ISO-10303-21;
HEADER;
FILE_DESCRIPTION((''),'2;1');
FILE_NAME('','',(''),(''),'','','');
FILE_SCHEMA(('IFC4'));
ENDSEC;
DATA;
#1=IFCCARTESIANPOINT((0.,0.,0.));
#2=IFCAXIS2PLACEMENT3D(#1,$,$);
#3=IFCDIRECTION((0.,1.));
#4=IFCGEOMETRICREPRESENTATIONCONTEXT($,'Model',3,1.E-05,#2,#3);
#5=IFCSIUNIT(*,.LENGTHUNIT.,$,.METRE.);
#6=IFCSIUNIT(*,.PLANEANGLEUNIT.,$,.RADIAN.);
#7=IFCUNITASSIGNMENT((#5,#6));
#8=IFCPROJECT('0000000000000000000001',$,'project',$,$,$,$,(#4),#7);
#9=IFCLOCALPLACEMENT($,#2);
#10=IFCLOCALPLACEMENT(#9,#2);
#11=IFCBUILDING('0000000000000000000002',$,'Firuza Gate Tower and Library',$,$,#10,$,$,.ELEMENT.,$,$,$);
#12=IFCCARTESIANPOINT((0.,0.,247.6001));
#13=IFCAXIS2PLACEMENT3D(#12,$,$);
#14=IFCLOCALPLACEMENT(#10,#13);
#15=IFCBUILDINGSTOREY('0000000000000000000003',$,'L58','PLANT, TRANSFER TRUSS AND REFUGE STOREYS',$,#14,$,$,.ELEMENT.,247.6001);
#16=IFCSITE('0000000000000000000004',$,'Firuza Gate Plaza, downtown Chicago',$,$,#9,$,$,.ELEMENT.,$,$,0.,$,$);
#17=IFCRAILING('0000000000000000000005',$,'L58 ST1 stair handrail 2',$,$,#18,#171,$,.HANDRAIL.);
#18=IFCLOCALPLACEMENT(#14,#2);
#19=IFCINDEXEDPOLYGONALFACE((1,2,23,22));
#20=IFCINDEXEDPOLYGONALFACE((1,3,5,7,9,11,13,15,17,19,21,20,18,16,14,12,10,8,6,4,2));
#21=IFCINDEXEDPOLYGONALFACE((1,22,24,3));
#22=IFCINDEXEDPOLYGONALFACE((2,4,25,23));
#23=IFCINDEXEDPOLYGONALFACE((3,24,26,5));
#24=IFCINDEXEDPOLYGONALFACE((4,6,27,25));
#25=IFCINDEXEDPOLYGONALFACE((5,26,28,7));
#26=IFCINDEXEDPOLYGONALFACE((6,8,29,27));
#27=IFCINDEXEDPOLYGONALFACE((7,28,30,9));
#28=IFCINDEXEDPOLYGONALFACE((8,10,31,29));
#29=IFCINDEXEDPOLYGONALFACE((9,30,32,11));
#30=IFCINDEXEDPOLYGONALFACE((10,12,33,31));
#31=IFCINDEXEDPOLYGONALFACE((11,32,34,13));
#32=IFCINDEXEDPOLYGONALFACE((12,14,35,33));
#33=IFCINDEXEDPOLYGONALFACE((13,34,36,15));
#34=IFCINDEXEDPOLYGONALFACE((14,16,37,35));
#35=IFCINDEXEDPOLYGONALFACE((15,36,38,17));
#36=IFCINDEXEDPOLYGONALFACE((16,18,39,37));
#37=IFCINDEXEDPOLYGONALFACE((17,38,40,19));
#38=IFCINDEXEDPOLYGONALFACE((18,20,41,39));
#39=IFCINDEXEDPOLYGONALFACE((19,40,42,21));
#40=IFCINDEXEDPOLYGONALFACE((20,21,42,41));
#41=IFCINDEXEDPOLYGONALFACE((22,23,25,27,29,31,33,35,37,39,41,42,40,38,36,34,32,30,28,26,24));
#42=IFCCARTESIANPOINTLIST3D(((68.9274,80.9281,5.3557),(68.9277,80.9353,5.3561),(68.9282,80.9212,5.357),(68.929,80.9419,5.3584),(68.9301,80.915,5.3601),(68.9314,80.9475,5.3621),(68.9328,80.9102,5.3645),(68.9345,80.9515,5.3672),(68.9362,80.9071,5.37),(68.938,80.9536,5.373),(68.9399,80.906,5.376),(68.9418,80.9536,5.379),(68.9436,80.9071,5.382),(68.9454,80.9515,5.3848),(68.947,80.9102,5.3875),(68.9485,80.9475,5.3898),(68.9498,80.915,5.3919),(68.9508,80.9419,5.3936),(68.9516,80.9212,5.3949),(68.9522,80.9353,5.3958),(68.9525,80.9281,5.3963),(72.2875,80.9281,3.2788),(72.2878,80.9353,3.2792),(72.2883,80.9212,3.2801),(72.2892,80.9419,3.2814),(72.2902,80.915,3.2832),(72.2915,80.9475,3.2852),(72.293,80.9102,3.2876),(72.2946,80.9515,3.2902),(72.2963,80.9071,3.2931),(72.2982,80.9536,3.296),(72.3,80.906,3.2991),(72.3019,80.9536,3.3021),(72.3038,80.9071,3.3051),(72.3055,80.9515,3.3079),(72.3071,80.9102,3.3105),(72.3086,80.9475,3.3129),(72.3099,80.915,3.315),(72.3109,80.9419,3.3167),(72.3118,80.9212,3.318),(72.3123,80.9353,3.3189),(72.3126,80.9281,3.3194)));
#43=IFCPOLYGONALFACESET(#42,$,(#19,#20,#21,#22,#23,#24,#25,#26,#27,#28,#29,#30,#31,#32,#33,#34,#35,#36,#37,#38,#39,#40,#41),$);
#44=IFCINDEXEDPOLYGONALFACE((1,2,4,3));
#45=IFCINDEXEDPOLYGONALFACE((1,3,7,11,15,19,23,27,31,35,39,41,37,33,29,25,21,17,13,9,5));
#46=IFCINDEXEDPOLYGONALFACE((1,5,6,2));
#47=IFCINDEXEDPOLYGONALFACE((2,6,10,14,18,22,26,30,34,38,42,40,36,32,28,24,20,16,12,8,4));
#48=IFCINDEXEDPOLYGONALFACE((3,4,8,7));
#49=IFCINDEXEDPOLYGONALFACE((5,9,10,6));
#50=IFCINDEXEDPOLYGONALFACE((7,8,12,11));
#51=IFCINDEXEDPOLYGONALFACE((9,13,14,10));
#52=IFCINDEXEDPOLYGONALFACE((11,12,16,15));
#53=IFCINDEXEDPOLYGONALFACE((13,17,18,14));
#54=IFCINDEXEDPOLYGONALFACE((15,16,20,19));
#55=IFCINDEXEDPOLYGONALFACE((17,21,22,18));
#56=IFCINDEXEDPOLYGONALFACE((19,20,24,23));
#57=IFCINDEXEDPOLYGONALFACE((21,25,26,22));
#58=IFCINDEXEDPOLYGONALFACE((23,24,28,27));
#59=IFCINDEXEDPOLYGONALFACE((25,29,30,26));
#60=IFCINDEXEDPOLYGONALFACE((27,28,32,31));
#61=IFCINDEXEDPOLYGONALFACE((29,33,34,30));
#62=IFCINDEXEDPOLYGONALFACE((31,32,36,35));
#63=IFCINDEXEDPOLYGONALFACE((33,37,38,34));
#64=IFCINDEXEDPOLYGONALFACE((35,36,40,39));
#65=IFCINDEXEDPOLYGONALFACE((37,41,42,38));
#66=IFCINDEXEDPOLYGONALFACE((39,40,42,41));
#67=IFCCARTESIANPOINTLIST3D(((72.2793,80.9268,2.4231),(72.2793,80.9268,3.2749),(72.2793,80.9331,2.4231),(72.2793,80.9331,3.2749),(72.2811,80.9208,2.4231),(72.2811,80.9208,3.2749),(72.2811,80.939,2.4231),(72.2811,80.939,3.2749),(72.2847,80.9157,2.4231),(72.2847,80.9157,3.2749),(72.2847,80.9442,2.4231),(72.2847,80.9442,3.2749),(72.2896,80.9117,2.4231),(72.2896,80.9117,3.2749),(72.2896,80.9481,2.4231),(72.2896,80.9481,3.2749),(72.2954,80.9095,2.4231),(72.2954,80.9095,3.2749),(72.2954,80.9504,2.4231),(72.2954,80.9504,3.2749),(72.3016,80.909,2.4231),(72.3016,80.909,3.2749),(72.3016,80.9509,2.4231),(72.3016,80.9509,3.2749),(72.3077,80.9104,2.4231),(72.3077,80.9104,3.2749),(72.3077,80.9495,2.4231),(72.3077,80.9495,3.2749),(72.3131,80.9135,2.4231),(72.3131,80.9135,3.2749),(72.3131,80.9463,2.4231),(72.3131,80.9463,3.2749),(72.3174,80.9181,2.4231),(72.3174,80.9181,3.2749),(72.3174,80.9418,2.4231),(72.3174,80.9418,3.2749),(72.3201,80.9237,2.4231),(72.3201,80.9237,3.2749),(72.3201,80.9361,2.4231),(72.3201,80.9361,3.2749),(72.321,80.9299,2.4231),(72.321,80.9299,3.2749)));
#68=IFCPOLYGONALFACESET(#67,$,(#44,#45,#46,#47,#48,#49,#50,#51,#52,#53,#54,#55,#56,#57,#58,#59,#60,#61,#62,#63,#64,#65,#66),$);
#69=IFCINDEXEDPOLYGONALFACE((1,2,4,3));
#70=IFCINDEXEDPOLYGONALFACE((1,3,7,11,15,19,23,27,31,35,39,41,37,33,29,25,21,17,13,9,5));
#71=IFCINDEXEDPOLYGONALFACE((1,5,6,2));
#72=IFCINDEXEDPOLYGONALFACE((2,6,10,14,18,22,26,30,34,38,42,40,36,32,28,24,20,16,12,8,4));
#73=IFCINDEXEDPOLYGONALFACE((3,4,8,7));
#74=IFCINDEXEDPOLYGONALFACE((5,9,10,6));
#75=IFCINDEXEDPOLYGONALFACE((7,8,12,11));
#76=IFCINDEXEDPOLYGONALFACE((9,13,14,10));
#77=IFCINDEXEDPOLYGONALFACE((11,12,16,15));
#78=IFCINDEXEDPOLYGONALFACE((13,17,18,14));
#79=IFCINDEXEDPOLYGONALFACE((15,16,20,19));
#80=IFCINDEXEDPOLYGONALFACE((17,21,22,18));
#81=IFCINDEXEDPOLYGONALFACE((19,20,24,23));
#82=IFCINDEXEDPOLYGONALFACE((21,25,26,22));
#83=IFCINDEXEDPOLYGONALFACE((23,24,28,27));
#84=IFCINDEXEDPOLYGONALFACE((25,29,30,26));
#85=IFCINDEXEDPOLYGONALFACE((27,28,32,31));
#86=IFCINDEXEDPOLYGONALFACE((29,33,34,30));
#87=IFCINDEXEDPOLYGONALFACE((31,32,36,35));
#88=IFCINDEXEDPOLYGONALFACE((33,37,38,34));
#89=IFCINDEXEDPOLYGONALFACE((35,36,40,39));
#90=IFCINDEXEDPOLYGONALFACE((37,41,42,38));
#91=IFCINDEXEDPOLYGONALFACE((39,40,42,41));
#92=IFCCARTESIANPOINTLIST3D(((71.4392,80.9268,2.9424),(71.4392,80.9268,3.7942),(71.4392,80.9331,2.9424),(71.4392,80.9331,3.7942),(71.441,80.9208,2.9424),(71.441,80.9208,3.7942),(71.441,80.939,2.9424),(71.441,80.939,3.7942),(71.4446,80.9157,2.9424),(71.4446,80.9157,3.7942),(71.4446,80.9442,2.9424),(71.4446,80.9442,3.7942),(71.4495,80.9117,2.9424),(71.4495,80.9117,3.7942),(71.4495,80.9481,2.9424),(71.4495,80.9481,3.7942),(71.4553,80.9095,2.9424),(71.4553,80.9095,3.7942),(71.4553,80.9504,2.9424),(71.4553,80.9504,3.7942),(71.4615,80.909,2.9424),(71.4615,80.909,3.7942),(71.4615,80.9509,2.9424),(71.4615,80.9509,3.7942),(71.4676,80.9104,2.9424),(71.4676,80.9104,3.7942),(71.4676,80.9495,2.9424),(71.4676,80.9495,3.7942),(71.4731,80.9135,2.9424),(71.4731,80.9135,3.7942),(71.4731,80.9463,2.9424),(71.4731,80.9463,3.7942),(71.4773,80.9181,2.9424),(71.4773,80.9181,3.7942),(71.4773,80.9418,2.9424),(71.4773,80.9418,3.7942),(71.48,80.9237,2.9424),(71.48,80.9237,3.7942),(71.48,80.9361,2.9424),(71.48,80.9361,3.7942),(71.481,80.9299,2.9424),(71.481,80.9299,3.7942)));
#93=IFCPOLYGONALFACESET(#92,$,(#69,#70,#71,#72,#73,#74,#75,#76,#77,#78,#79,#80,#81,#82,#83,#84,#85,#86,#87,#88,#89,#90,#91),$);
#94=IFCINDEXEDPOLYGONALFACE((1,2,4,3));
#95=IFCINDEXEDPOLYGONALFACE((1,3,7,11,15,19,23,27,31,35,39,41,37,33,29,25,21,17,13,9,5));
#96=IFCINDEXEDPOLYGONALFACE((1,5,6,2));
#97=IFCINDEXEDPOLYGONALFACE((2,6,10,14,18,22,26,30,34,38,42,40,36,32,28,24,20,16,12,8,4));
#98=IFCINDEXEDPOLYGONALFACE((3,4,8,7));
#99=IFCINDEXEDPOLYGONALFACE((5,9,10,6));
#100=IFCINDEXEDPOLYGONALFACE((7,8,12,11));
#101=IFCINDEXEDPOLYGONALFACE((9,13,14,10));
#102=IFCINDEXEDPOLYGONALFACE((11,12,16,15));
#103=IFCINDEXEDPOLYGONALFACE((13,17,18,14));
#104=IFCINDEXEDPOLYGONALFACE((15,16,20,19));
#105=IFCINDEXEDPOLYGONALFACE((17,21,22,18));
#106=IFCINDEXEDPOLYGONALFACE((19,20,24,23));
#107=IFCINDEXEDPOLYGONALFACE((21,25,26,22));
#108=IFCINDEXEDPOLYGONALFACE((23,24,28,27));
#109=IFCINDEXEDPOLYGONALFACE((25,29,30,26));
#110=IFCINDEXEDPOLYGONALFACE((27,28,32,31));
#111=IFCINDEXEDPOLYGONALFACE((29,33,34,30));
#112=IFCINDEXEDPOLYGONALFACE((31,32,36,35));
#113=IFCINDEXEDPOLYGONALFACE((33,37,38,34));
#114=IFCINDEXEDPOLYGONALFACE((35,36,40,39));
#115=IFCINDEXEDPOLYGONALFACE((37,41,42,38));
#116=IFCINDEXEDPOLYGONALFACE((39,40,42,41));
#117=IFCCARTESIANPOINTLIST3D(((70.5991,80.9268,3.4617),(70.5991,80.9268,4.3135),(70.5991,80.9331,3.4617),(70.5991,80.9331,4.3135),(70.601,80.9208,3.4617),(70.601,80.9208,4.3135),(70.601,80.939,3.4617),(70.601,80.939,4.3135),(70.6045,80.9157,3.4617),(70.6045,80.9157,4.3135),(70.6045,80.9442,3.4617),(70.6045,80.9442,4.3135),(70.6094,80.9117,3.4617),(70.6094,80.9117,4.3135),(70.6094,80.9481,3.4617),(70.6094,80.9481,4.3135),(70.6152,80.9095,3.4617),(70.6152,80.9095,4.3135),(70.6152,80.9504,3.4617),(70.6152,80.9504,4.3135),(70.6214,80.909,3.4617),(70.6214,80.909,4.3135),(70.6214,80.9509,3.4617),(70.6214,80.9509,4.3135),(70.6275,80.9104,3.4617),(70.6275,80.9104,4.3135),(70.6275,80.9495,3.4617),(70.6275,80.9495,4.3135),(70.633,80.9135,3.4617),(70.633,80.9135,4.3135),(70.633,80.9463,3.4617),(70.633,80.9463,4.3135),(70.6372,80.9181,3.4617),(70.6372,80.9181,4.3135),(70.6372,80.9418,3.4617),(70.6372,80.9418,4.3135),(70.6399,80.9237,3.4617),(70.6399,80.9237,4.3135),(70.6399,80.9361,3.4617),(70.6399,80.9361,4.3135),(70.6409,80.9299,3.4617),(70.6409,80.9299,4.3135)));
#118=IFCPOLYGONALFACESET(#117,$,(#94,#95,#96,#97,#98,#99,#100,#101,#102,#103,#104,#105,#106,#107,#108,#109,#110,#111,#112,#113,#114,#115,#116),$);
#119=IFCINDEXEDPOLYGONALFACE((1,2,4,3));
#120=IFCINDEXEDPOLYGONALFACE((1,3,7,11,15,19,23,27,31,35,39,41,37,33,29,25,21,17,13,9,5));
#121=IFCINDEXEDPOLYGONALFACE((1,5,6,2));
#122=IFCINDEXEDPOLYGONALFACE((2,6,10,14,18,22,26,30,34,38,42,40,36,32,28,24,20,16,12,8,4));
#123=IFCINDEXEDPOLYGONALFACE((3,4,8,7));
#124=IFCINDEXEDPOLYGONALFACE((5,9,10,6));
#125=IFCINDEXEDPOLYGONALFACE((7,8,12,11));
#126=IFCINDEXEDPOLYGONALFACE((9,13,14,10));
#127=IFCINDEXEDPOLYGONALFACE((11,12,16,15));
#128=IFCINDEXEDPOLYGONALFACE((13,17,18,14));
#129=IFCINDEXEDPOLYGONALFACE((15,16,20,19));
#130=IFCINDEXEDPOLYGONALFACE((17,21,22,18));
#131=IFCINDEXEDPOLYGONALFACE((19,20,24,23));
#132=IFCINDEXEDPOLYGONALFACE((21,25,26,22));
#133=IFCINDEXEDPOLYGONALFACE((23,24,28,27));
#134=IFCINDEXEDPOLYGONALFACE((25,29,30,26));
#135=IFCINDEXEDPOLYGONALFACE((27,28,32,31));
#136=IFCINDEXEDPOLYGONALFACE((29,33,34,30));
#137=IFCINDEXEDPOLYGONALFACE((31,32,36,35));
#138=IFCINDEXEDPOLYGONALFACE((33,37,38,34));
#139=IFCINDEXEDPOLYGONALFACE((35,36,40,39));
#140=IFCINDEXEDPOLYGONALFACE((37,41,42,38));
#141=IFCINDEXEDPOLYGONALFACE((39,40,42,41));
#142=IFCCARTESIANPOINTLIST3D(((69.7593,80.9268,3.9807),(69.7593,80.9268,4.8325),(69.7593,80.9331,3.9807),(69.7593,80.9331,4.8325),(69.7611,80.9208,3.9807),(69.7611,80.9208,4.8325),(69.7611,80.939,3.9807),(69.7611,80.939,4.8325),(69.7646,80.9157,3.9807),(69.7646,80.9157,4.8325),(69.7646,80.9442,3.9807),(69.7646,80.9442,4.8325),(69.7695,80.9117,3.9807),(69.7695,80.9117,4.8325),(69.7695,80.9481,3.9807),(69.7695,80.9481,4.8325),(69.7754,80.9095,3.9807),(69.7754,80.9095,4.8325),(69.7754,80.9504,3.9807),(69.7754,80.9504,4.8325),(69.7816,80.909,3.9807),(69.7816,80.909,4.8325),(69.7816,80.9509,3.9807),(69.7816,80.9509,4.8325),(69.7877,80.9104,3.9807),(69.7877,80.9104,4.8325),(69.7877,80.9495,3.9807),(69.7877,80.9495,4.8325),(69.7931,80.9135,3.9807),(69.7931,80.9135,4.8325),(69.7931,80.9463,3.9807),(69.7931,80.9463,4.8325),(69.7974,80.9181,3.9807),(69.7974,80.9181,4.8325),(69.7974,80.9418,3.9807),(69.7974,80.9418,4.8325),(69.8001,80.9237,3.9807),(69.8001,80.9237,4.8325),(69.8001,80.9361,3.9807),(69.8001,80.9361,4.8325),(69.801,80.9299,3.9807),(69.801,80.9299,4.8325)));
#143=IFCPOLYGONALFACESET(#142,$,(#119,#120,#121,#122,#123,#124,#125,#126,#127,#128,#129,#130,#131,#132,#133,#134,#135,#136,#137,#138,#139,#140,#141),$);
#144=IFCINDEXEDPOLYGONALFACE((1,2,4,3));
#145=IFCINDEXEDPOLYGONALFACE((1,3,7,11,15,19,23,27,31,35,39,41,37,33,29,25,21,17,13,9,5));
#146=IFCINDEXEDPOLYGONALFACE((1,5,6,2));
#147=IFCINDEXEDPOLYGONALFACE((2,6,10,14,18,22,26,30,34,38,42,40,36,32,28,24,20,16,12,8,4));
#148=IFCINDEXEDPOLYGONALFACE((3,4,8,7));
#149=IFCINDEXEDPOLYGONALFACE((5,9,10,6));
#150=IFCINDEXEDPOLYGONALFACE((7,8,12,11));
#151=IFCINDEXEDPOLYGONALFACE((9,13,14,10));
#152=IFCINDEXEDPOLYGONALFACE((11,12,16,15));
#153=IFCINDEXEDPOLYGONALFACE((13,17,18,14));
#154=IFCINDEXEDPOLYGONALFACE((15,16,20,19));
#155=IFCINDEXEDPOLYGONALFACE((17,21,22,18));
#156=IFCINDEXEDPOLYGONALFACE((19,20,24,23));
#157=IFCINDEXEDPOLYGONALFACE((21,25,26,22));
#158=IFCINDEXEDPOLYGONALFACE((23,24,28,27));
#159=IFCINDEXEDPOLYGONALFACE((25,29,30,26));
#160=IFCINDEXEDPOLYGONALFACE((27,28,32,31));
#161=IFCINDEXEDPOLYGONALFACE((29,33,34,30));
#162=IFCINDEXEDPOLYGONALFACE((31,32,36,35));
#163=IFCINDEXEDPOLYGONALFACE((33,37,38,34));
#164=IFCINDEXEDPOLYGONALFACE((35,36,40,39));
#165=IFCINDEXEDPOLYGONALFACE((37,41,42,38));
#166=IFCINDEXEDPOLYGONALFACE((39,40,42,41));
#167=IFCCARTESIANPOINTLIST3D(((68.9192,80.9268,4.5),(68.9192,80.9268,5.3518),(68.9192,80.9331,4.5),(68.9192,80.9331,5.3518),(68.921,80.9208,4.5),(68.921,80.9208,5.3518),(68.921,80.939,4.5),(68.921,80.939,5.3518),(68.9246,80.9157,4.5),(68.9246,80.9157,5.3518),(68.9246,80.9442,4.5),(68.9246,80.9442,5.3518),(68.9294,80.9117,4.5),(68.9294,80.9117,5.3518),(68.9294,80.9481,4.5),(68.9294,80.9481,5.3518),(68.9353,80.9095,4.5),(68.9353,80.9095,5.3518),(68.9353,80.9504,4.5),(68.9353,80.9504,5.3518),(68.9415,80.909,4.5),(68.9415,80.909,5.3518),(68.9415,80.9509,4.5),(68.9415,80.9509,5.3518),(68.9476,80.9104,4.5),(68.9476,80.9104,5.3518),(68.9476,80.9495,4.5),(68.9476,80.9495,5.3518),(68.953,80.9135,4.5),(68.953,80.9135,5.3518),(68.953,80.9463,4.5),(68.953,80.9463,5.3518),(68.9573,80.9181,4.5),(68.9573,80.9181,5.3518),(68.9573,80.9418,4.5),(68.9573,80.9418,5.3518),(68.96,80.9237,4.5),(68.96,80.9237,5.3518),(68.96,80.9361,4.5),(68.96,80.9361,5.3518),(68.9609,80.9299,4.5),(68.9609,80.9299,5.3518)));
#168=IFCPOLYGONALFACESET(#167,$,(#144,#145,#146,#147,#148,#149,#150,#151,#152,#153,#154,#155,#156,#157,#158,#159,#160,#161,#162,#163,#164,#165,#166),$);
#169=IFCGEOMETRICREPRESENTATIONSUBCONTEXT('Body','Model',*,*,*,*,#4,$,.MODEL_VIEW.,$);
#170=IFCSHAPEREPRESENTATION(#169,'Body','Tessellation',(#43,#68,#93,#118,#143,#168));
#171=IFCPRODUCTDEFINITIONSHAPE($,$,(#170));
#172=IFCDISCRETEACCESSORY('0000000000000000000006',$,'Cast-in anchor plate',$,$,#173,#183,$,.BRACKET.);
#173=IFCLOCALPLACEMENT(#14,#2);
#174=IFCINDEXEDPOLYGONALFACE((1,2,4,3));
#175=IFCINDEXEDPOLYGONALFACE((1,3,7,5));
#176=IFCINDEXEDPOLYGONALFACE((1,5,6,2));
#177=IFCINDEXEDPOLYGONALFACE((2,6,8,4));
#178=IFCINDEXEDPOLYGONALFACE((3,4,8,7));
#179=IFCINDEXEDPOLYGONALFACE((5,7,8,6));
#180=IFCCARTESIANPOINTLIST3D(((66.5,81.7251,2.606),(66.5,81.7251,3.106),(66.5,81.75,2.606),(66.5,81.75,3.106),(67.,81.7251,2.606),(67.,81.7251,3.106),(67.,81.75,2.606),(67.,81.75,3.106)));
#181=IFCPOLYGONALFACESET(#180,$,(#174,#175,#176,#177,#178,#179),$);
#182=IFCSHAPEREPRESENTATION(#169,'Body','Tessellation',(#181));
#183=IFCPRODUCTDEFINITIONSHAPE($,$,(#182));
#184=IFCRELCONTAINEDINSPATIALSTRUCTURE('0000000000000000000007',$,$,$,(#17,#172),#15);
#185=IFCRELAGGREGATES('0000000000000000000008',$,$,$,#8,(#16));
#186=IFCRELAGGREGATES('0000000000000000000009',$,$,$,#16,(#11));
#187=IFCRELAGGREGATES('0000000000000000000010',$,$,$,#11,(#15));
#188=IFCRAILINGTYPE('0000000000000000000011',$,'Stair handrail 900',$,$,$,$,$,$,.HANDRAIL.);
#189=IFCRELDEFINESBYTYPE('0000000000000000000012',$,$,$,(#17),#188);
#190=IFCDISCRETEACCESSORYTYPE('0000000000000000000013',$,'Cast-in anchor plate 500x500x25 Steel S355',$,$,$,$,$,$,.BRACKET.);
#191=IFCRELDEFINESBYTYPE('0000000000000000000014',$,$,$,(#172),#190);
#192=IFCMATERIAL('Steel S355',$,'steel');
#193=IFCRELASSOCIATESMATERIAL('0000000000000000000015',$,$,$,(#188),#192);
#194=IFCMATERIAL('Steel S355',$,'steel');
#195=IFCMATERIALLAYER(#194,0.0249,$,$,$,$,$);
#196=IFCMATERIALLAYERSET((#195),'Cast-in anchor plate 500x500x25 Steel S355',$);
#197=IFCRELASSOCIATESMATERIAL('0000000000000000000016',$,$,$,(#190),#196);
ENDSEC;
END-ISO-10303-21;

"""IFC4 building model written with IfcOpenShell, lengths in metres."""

from ifc_helpers import new_model, si_unit, direction, frame, origin, origin_2d, place, context, subcontext, project, spatial, rectangle, circle, extrude, material, layer, layer_set, type_object, element, save


model = new_model("IFC4")

# Units and contexts
model_context = context("Model", 3, precision=1e-05, world=origin(), true_north=direction((0.0, 1.0)))
body_context = subcontext(model_context, "Body", "Model", "MODEL_VIEW")
ifc_project = project(units=[si_unit("LENGTHUNIT", "METRE"), si_unit("PLANEANGLEUNIT", "RADIAN")], contexts=[model_context])

# Site, building, storey
site_placement = place(None, origin())
site = spatial("IfcSite", under=ifc_project, at=site_placement, Name="Firuza Gate Plaza, downtown Chicago", CompositionType="ELEMENT", RefElevation=0.0)
building_placement = place(site_placement, origin())
building = spatial("IfcBuilding", under=site, at=building_placement, Name="Firuza Gate Tower and Library", CompositionType="ELEMENT")
storey_placement = place(building_placement, frame((0.0, 0.0, 247.6001)))
storey = spatial("IfcBuildingStorey", under=building, at=storey_placement, Name="L58", Description="PLANT, TRANSFER TRUSS AND REFUGE STOREYS", CompositionType="ELEMENT", Elevation=247.6001)

# Railing
ifc_material_1 = material(Name="Steel S355", Category="steel")
railing_type_1 = type_object("IfcRailingType", Name="Stair handrail 900", PredefinedType="HANDRAIL", material=ifc_material_1)
railing_1_placement = place(storey_placement, frame((72.3, 80.9299, 2.4231)))
element("IfcRailing", 1, at=railing_1_placement, inside=storey, type_object=railing_type_1, Name="L58 ST1 stair handrail 2", PredefinedType="HANDRAIL", context=body_context, shape_type="SweptSolid", body=[
    extrude(circle(Radius=0.0239, at=origin_2d()), frame((0.0, 0.0, 0.876), z_axis=(-0.850623, 0.0, 0.525776), x_axis=(0.0, -1.0, 0.0)), (0.0, 0.0, 1.0), 3.9502),
    extrude(circle(Radius=0.021, at=origin_2d()), origin(), (0.0, 0.0, 1.0), 0.8518),
    extrude(circle(Radius=0.021, at=origin_2d()), frame((-0.8401, 0.0, 0.5193)), (0.0, 0.0, 1.0), 0.8518),
    extrude(circle(Radius=0.021, at=origin_2d()), frame((-1.6802, 0.0, 1.0386)), (0.0, 0.0, 1.0), 0.8518),
    extrude(circle(Radius=0.021, at=origin_2d()), frame((-2.52, 0.0, 1.5576)), (0.0, 0.0, 1.0), 0.8518),
    extrude(circle(Radius=0.021, at=origin_2d()), frame((-3.3601, 0.0, 2.0769)), (0.0, 0.0, 1.0), 0.8518),
])

# Discrete accessory
ifc_material_2 = material(Name="Steel S355", Category="steel")
ifc_layer_1 = layer(ifc_material_2, 0.0249)
ifc_layer_set_1 = layer_set([ifc_layer_1], Name="Cast-in anchor plate 500x500x25 Steel S355")
discrete_accessory_type = type_object("IfcDiscreteAccessoryType", Name="Cast-in anchor plate 500x500x25 Steel S355", PredefinedType="BRACKET", material=ifc_layer_set_1)
discrete_accessory_placement = place(storey_placement, frame((66.75, 81.7375, 2.606), z_axis=(0.0, 0.0, 1.0), x_axis=(1.0, 0.0, 0.0)))
element("IfcDiscreteAccessory", 2, at=discrete_accessory_placement, inside=storey, type_object=discrete_accessory_type, Name="Cast-in anchor plate", PredefinedType="BRACKET", context=body_context, shape_type="SweptSolid", body=[
    extrude(rectangle(XDim=0.5, YDim=0.0249, at=origin_2d()), origin(), (0.0, 0.0, 1.0), 0.5),
])

save(model, "model.ifc")
